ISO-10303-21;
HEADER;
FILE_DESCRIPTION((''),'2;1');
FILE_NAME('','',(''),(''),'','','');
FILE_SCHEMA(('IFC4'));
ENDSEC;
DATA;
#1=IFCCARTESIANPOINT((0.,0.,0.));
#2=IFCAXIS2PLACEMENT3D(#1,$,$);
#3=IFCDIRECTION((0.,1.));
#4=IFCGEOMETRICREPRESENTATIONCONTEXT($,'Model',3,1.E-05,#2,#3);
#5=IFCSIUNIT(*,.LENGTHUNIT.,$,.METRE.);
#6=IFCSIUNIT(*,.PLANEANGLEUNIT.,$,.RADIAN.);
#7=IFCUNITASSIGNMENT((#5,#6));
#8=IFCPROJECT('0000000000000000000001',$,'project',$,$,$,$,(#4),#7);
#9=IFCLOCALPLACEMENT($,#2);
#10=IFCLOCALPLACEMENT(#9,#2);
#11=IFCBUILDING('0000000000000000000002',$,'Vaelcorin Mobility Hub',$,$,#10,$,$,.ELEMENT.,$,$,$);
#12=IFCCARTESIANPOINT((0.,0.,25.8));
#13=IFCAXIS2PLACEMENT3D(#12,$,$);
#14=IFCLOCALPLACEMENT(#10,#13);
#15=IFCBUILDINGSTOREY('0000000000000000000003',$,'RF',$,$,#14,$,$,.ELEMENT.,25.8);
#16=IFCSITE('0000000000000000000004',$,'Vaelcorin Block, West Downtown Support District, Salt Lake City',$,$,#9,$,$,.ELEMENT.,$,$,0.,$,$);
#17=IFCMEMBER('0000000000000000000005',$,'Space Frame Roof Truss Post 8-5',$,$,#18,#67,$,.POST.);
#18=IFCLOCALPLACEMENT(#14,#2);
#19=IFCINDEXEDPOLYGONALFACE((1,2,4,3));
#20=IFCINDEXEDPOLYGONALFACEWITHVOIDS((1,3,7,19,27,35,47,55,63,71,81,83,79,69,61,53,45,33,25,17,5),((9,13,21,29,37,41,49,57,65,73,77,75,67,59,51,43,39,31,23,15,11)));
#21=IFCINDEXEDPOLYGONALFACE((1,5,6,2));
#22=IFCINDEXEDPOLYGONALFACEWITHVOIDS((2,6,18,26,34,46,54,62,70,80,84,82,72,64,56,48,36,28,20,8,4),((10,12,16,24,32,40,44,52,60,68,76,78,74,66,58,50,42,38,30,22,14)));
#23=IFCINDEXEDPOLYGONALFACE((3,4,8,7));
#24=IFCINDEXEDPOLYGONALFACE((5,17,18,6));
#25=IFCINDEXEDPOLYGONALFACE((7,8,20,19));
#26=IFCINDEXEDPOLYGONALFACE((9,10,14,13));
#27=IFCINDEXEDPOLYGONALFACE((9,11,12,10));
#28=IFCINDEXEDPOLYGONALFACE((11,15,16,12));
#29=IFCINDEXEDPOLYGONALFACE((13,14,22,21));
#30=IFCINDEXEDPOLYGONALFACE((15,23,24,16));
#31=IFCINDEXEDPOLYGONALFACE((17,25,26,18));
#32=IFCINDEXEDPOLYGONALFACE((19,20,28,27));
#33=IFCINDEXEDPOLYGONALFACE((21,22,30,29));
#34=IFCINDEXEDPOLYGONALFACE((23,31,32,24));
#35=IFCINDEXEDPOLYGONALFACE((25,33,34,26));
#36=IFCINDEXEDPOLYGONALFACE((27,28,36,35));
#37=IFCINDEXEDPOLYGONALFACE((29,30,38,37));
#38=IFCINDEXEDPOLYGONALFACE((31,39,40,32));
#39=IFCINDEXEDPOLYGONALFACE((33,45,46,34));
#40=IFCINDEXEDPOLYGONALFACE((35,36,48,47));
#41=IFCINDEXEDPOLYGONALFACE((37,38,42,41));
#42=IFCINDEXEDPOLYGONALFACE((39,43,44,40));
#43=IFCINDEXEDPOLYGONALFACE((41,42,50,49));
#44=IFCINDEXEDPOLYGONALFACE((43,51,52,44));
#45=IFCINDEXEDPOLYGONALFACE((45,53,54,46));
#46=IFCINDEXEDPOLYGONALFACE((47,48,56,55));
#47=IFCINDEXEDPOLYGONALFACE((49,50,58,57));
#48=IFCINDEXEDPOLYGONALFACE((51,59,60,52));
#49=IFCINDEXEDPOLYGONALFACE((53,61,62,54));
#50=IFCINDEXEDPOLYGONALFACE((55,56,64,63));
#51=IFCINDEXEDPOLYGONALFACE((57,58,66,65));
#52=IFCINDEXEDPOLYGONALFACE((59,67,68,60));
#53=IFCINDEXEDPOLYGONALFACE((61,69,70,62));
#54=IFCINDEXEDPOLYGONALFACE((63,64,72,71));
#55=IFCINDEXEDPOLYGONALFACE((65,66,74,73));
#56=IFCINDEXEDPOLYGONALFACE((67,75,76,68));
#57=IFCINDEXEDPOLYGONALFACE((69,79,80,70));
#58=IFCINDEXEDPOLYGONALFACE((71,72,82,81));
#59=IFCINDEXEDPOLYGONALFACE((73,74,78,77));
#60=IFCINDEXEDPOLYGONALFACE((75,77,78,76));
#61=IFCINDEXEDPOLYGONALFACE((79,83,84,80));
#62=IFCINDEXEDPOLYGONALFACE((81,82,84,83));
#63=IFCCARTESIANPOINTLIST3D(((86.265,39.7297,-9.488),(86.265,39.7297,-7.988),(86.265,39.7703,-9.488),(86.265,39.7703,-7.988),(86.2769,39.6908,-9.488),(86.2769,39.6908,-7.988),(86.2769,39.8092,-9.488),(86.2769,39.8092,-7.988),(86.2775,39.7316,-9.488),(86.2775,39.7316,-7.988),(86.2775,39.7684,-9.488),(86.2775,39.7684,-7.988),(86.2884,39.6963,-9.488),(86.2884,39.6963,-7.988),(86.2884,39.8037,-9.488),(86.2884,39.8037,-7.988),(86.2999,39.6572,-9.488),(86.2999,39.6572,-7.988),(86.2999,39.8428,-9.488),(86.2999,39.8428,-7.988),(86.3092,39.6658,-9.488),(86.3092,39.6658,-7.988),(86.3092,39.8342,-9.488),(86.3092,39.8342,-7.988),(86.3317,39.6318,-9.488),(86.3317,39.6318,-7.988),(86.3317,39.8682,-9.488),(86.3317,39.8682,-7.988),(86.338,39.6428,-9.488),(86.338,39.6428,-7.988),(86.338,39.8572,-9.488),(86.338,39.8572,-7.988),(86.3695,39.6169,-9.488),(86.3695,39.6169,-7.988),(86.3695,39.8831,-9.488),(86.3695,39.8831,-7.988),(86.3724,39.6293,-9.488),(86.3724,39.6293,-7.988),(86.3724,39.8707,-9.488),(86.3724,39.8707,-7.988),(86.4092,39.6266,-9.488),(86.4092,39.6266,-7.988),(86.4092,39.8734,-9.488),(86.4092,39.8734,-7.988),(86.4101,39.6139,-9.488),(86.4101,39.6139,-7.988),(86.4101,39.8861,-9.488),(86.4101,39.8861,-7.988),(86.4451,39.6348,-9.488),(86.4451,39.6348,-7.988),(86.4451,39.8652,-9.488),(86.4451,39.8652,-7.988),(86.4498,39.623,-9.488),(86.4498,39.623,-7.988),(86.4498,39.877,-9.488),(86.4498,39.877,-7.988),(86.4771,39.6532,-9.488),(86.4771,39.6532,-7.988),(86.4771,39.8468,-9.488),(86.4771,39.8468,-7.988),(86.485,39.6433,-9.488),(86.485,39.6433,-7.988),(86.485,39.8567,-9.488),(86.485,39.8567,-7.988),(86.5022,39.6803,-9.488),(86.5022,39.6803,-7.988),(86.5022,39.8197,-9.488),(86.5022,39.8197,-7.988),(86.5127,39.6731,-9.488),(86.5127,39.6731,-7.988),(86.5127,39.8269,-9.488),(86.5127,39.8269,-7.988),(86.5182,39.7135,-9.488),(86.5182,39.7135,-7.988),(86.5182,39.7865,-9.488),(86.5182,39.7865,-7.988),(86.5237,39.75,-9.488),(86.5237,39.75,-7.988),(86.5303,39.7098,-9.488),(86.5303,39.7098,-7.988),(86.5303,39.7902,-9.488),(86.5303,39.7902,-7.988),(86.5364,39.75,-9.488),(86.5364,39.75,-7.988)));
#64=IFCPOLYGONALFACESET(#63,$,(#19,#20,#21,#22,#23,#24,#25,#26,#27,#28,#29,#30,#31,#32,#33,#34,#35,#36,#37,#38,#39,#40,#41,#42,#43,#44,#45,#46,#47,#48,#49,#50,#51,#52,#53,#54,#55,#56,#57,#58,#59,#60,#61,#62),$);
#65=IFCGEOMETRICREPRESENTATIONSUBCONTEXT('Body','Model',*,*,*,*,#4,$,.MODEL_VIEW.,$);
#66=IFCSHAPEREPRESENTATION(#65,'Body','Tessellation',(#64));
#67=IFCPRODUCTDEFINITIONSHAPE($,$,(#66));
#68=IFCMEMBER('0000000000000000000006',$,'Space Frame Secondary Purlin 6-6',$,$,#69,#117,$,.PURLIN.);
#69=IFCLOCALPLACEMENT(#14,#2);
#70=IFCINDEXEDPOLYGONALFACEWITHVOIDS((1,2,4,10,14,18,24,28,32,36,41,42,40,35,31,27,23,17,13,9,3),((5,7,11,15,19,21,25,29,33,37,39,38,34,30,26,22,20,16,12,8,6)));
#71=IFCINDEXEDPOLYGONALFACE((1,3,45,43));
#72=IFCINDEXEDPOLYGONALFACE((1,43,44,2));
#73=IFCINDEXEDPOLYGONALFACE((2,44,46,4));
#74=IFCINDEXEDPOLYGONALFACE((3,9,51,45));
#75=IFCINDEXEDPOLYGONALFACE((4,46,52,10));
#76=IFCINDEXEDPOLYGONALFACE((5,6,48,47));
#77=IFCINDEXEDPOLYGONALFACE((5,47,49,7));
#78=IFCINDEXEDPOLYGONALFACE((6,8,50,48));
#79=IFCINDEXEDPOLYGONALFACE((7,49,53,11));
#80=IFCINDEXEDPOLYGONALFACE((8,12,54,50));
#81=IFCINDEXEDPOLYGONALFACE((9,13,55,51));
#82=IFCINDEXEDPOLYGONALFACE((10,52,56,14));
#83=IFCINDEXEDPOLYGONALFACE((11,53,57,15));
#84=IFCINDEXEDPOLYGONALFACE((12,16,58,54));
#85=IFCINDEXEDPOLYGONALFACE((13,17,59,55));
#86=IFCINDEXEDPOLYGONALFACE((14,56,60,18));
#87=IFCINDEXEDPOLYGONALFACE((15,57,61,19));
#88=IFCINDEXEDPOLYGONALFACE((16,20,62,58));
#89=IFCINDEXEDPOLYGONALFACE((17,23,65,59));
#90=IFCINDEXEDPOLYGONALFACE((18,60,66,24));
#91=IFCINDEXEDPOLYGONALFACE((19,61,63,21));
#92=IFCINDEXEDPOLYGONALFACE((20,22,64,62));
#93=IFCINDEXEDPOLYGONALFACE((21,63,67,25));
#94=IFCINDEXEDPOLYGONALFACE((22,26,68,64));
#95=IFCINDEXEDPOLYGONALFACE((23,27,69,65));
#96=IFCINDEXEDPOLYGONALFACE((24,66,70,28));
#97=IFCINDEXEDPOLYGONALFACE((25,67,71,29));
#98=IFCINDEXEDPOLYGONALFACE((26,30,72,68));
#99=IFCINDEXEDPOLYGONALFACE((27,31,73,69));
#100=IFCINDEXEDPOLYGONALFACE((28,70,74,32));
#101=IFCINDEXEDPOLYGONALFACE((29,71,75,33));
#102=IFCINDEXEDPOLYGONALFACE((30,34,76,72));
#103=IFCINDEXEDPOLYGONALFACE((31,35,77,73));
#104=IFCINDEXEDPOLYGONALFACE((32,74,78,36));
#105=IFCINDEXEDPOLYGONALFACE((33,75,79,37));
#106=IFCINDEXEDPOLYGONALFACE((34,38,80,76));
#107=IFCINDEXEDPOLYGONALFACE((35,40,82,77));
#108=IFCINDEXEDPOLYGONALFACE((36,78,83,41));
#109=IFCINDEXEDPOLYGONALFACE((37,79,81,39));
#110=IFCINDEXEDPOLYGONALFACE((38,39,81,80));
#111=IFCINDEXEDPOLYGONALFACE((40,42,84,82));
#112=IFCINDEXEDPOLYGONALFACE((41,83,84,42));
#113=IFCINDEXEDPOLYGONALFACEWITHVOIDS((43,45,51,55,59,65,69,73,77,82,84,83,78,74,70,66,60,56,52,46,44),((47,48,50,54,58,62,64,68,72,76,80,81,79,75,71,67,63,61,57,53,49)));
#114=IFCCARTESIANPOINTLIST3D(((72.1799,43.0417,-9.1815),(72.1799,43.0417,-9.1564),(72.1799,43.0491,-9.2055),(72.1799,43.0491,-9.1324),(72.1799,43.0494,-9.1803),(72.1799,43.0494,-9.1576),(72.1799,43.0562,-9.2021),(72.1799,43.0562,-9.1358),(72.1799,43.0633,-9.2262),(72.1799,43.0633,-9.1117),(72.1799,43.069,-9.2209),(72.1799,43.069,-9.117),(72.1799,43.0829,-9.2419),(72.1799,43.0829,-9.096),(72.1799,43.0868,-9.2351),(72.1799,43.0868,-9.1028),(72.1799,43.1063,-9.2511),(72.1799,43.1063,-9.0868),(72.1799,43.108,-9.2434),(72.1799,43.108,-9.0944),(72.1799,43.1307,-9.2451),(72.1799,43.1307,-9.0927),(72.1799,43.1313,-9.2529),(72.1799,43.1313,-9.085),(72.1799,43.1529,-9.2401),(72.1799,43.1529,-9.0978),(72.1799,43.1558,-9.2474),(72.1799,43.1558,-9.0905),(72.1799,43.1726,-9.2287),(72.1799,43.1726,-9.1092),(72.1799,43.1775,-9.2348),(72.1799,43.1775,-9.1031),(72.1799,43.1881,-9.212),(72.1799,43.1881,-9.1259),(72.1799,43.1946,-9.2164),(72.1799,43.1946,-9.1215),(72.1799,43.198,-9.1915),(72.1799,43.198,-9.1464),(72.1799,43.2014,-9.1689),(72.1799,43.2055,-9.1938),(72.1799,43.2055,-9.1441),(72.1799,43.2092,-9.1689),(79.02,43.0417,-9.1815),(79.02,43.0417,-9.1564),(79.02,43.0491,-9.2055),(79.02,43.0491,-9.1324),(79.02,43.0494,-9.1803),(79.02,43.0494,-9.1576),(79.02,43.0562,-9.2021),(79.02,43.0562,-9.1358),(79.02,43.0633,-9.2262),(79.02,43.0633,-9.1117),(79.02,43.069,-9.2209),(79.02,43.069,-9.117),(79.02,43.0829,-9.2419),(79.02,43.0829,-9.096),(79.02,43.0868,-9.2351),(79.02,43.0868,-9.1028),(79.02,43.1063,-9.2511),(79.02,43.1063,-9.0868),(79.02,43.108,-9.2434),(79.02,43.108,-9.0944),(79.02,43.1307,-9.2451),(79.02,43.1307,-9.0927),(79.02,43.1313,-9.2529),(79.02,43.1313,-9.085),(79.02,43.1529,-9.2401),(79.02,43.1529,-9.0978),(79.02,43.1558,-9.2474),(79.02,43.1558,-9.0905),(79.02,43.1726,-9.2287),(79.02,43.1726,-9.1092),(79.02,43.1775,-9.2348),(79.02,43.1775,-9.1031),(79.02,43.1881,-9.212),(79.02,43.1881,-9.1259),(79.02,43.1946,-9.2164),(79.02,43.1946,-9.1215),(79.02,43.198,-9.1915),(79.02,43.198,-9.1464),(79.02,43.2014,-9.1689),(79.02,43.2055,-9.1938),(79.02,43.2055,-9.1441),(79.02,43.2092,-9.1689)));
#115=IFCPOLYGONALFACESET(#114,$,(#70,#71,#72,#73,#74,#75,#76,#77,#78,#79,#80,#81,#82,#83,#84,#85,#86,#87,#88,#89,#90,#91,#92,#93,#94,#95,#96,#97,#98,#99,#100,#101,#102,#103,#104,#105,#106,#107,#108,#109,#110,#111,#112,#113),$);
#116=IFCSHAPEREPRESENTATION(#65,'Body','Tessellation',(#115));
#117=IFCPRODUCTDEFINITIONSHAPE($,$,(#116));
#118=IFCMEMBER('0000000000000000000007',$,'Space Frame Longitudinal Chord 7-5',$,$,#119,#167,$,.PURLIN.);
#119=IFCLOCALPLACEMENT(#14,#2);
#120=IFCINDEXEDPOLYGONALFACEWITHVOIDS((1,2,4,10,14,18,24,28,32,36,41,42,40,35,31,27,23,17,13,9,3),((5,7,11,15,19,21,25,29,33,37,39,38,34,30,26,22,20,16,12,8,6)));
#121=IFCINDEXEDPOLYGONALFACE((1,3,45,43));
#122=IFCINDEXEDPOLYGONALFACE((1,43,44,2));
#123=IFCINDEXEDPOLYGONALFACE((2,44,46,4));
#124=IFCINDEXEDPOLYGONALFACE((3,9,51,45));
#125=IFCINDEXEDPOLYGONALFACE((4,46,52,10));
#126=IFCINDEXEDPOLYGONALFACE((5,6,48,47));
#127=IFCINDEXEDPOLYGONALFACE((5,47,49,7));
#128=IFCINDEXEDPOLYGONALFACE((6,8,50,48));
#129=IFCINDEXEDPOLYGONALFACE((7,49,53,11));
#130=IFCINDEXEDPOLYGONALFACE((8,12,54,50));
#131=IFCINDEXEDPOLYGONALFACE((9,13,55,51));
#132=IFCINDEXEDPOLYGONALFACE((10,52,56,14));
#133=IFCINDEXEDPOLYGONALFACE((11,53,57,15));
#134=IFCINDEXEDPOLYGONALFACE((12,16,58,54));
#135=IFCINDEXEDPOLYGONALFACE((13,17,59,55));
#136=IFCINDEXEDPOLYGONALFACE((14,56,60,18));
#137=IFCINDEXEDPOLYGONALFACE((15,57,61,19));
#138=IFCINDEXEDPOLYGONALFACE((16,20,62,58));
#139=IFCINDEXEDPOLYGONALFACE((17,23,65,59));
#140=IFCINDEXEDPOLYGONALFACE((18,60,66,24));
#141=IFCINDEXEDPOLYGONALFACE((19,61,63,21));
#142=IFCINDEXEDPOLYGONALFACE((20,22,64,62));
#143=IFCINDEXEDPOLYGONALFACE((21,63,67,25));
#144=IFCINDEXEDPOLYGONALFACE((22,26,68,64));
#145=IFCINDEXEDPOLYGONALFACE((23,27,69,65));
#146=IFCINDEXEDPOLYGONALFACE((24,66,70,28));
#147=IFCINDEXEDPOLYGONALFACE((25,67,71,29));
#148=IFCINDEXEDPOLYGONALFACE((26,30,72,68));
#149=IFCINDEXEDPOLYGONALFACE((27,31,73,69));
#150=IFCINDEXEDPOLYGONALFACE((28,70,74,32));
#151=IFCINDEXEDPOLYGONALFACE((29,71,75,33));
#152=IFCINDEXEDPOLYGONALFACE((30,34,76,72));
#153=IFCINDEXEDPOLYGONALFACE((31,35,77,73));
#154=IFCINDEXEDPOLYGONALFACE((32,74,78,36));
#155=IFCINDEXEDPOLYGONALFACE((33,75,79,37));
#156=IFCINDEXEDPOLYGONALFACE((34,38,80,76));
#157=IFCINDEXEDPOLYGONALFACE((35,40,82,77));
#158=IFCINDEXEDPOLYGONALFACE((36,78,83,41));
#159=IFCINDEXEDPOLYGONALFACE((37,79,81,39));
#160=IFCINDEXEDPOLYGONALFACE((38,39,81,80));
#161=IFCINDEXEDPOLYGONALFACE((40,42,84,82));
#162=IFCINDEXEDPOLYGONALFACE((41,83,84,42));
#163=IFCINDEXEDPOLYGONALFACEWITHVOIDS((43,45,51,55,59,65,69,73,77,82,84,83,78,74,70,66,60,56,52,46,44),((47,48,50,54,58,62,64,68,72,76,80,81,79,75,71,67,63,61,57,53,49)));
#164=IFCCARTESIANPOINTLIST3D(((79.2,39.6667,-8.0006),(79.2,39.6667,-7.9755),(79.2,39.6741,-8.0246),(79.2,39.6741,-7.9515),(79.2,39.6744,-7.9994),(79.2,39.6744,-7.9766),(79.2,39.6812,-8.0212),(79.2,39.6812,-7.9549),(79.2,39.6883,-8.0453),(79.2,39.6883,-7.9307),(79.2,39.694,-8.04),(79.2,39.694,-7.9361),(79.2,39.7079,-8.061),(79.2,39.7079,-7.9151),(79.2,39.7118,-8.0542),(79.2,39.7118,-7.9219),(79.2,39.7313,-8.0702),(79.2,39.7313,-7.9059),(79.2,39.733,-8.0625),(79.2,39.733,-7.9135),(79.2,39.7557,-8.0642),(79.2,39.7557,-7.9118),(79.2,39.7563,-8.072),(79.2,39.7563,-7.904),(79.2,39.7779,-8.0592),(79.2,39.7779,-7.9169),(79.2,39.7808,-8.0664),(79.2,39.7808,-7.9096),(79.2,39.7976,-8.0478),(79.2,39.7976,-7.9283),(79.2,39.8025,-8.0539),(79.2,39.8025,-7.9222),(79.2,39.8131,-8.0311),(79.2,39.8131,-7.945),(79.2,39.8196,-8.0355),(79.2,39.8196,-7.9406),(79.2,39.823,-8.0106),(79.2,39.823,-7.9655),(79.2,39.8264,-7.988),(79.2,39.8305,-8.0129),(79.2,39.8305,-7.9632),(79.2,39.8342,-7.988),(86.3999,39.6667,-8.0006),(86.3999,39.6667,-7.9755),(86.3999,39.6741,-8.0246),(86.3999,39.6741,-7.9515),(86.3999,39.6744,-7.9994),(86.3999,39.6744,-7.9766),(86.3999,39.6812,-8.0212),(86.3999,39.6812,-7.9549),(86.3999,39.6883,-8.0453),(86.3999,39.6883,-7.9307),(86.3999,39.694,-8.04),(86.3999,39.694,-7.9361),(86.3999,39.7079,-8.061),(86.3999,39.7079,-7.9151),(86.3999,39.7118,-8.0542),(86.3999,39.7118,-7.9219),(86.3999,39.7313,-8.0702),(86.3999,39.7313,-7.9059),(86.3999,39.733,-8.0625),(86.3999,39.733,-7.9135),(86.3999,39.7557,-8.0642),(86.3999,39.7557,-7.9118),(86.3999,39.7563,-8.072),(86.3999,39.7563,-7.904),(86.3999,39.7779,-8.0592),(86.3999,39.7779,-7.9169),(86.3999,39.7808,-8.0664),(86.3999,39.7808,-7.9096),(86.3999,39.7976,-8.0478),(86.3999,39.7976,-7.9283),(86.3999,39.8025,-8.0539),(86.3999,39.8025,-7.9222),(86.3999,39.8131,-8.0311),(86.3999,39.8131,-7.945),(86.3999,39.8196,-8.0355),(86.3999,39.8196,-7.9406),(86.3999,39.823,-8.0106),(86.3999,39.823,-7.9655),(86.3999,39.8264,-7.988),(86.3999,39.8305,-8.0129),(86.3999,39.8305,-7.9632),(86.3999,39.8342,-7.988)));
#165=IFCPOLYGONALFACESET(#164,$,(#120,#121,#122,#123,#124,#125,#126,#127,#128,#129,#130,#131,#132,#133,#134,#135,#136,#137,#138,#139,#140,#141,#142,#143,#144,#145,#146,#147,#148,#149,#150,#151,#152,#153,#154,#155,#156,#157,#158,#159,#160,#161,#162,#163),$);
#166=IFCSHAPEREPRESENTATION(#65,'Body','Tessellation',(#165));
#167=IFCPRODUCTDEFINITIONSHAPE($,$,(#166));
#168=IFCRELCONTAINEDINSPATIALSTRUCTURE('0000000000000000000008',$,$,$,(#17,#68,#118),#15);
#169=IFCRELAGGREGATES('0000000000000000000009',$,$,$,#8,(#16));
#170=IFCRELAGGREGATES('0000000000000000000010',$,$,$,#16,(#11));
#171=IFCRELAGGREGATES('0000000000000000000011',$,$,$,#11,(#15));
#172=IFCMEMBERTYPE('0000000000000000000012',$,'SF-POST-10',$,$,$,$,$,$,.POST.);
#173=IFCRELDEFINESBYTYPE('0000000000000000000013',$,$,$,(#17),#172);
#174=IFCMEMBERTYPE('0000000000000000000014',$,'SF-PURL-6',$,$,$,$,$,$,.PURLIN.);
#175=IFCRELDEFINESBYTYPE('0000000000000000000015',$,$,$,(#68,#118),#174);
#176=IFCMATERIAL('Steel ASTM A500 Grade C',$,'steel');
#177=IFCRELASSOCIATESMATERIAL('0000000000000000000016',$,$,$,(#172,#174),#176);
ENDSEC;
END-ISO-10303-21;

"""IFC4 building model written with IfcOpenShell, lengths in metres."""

from ifc_helpers import new_model, si_unit, direction, frame, origin, origin_2d, place, context, subcontext, project, spatial, hollow_circle, extrude, material, material_profile, profile_set, type_object, element, save


model = new_model("IFC4")

# Units and contexts
model_context = context("Model", 3, precision=1e-05, world=origin(), true_north=direction((0.0, 1.0)))
body_context = subcontext(model_context, "Body", "Model", "MODEL_VIEW")
ifc_project = project(units=[si_unit("LENGTHUNIT", "METRE"), si_unit("PLANEANGLEUNIT", "RADIAN")], contexts=[model_context])

# Site, building, storey
site_placement = place(None, origin())
site = spatial("IfcSite", under=ifc_project, at=site_placement, Name="Vaelcorin Block, West Downtown Support District, Salt Lake City", CompositionType="ELEMENT", RefElevation=0.0)
building_placement = place(site_placement, origin())
building = spatial("IfcBuilding", under=site, at=building_placement, Name="Vaelcorin Mobility Hub", CompositionType="ELEMENT")
storey_placement = place(building_placement, frame((0.0, 0.0, 25.8)))
storey = spatial("IfcBuildingStorey", under=building, at=storey_placement, Name="RF", CompositionType="ELEMENT", Elevation=25.8)

# Members
ifc_material_1 = material(Name="Steel ASTM A500 Grade C", Category="steel")
ifc_material_profile_1 = material_profile(ifc_material_1, hollow_circle(Radius=0.1365, WallThickness=0.0127, at=origin_2d()), Name="HSS10.750X0.500")
ifc_profile_set_1 = profile_set([ifc_material_profile_1], Name="Steel ASTM A500 Grade C")
member_type_1 = type_object("IfcMemberType", Name="SF-POST-10", PredefinedType="POST", material=ifc_profile_set_1)
for number, where, z_axis, x_axis, name in (
    (1, (86.3999, 39.75, -9.488), (0.0, 0.0, 1.0), (1.0, 0.0, 0.0), "Space Frame Roof Truss Post 8-5"),
):
    element("IfcMember", number, at=place(storey_placement, frame(where, z_axis=z_axis, x_axis=x_axis)), inside=storey, type_object=member_type_1, Name=name, PredefinedType="POST", context=body_context, shape_type="SweptSolid", body=[
        extrude(hollow_circle(Radius=0.1365, WallThickness=0.0127, at=origin_2d()), origin(), (0.0, 0.0, 1.0), 1.5),
    ])
ifc_material_profile_2 = material_profile(ifc_material_1, hollow_circle(Radius=0.0842, WallThickness=0.0078, at=origin_2d()), Name="HSS6.625X0.312")
ifc_profile_set_2 = profile_set([ifc_material_profile_2], Name="Steel ASTM A500 Grade C")
member_type_2 = type_object("IfcMemberType", Name="SF-PURL-6", PredefinedType="PURLIN", material=ifc_profile_set_2)
member_1_placement = place(storey_placement, frame((72.1799, 43.125, -9.1689), z_axis=(1.0, 0.0, 0.0), x_axis=(0.0, 1.0, 0.0)))
element("IfcMember", 2, at=member_1_placement, inside=storey, type_object=member_type_2, Name="Space Frame Secondary Purlin 6-6", PredefinedType="PURLIN", context=body_context, shape_type="SweptSolid", body=[
    extrude(hollow_circle(Radius=0.0842, WallThickness=0.0078, at=origin_2d()), origin(), (0.0, 0.0, 1.0), 6.8401),
])
for number, where, z_axis, x_axis, name in (
    (3, (79.2, 39.75, -7.988), (1.0, 0.0, 0.0), (0.0, 1.0, 0.0), "Space Frame Longitudinal Chord 7-5"),
):
    element("IfcMember", number, at=place(storey_placement, frame(where, z_axis=z_axis, x_axis=x_axis)), inside=storey, type_object=member_type_2, Name=name, PredefinedType="PURLIN", context=body_context, shape_type="SweptSolid", body=[
        extrude(hollow_circle(Radius=0.0842, WallThickness=0.0078, at=origin_2d()), origin(), (0.0, 0.0, 1.0), 7.2),
    ])

save(model, "model.ifc")
